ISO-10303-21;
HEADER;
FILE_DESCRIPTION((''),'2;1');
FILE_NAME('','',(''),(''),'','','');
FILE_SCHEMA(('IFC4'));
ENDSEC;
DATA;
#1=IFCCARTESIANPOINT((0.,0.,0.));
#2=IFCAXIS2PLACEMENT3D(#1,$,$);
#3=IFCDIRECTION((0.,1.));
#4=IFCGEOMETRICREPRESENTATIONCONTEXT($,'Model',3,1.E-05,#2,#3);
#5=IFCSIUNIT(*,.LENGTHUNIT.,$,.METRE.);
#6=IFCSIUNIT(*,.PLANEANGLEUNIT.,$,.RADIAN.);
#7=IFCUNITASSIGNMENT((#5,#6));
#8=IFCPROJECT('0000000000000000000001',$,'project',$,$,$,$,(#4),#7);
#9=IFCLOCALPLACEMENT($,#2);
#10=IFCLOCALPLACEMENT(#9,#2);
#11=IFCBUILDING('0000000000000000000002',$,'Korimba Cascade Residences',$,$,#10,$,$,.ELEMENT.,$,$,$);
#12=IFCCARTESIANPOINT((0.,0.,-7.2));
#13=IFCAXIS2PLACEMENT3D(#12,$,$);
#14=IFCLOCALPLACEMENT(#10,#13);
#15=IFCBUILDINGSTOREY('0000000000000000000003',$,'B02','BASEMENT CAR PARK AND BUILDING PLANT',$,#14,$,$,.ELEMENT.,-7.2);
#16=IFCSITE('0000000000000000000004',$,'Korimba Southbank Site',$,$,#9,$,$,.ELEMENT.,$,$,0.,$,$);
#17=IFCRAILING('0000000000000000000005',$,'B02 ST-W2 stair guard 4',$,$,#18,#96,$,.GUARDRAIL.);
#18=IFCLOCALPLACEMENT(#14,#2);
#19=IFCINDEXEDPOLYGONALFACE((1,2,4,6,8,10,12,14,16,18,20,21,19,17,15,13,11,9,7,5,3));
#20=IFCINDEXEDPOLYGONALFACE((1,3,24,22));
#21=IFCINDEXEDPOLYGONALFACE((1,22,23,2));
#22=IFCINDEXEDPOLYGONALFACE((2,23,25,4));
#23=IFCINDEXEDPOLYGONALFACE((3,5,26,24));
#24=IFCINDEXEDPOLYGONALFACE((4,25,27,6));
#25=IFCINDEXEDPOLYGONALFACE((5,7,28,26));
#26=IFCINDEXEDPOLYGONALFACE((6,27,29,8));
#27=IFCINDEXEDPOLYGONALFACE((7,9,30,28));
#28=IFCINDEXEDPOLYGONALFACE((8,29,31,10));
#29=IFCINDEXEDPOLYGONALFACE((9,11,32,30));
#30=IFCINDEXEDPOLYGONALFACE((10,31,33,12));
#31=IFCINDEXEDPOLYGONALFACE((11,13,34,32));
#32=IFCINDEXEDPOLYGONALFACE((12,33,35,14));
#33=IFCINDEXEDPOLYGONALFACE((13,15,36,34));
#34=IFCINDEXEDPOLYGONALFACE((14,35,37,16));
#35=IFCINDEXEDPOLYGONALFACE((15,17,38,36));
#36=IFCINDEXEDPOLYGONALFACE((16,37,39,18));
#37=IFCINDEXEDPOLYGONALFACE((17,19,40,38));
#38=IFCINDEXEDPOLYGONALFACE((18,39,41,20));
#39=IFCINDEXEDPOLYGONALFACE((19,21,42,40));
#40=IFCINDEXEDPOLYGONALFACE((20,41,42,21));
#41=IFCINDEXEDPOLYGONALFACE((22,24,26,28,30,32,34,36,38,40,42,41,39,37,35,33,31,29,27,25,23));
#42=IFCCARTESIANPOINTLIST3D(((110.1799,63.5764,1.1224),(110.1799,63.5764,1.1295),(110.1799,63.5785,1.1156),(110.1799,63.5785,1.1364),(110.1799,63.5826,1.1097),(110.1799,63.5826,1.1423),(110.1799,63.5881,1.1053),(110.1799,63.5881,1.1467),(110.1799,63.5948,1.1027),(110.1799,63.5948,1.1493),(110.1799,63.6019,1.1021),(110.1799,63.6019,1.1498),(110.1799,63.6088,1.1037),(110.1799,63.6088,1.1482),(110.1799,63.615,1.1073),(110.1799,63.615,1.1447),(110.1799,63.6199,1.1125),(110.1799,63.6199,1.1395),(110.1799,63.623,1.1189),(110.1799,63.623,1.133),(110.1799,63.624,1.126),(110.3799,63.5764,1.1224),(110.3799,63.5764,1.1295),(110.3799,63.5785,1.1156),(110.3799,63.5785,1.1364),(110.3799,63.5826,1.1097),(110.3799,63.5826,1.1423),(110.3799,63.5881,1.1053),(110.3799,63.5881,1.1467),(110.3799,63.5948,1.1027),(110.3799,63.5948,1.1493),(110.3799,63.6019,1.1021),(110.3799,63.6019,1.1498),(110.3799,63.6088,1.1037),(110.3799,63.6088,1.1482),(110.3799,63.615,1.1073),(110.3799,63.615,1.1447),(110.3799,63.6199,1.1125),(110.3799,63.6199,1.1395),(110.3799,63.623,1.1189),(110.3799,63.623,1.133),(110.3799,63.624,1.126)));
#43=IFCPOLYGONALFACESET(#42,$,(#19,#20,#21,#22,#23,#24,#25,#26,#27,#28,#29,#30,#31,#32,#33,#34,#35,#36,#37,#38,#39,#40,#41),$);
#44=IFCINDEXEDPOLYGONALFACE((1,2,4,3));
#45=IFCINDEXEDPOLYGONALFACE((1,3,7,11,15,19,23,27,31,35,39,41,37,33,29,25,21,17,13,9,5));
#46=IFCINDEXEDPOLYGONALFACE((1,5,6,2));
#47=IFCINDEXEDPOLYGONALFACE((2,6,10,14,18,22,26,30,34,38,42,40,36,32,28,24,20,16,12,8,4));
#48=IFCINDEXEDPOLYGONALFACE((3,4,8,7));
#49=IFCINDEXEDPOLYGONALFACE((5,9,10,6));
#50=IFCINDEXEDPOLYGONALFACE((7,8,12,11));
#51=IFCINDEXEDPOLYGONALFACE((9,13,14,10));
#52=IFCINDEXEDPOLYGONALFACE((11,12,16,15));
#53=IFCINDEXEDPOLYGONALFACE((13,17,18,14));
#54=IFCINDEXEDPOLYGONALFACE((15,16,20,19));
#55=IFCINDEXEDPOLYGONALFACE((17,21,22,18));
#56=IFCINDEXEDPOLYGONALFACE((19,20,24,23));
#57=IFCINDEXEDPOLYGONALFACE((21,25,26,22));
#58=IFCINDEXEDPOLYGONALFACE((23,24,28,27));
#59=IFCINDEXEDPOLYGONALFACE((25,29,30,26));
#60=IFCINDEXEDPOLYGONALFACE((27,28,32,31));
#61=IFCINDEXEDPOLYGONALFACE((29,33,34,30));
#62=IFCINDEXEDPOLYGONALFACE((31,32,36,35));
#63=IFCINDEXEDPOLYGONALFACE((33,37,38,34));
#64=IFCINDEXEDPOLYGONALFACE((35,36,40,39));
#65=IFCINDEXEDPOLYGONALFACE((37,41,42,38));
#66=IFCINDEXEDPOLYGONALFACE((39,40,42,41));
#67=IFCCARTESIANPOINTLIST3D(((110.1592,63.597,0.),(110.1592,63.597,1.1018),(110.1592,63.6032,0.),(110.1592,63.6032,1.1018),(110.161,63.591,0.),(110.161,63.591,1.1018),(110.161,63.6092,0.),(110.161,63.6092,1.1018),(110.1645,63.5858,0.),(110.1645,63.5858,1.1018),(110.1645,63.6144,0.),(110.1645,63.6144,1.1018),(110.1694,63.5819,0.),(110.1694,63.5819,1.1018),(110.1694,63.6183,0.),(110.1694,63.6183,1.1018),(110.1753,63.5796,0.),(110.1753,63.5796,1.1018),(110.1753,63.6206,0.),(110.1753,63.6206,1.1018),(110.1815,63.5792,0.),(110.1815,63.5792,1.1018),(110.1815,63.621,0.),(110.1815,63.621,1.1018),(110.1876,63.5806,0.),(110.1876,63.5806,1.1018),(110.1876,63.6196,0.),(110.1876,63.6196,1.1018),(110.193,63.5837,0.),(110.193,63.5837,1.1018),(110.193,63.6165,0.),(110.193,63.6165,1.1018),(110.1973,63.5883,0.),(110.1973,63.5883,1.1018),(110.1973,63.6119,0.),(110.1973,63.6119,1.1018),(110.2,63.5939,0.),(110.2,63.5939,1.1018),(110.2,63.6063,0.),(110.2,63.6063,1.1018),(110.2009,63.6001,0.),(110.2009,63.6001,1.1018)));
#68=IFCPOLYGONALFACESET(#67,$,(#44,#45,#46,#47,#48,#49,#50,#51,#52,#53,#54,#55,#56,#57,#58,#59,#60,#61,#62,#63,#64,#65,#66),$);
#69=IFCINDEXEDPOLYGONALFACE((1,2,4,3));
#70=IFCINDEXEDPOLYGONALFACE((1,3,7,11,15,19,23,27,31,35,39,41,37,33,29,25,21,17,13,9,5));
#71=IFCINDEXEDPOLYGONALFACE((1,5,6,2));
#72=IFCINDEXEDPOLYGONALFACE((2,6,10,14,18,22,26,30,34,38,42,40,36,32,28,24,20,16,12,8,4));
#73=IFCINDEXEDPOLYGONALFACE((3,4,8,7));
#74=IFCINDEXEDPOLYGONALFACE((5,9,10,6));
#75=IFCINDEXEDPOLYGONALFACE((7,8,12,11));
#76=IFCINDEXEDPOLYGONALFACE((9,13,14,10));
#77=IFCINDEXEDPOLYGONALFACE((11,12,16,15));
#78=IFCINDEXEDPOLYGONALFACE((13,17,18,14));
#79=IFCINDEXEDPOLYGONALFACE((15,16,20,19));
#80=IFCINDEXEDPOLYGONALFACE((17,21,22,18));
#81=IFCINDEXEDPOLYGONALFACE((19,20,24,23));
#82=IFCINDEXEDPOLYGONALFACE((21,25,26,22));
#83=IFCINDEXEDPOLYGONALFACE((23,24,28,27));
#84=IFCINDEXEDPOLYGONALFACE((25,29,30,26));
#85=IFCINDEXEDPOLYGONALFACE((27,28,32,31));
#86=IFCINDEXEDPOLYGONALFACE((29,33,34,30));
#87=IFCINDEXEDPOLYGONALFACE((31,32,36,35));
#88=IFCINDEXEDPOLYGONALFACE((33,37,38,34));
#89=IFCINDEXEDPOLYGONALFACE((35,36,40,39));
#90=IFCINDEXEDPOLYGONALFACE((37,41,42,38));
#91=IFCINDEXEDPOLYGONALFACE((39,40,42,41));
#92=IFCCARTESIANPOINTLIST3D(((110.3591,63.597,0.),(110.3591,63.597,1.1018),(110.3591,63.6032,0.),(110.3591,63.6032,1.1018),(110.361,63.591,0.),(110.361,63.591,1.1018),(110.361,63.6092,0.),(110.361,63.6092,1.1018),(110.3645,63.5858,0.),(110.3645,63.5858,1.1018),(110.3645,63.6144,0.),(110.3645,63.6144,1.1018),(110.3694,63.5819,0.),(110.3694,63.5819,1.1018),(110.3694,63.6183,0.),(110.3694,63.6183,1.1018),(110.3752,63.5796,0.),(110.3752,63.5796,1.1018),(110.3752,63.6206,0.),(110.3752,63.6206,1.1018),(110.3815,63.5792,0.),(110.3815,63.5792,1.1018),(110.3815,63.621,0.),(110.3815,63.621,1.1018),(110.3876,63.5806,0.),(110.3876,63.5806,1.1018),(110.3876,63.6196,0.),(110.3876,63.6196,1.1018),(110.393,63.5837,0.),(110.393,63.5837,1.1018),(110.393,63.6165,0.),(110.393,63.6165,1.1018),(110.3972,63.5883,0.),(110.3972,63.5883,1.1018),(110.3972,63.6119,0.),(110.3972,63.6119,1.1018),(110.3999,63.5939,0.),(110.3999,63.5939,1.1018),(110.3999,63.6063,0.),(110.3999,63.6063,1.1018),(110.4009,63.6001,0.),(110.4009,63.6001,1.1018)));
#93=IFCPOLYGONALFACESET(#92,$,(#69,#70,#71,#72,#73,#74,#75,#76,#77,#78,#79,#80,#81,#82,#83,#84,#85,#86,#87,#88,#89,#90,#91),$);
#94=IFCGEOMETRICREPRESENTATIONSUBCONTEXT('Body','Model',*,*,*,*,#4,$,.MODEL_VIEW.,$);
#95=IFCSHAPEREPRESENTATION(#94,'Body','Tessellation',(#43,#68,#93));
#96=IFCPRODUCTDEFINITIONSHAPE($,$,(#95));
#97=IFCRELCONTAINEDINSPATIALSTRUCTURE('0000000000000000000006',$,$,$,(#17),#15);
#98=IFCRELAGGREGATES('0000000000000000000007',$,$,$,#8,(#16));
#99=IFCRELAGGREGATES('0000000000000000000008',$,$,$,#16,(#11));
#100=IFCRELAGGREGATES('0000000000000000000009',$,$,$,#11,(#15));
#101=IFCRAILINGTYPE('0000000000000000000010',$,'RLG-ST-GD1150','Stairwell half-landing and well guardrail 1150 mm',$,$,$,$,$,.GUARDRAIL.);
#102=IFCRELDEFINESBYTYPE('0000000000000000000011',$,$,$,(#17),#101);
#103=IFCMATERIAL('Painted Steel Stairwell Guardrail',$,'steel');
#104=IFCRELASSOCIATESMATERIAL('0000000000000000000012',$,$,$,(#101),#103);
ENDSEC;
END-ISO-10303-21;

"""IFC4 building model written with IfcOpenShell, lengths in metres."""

from ifc_helpers import new_model, si_unit, direction, frame, origin, origin_2d, place, context, subcontext, project, spatial, circle, extrude, material, type_object, element, save


model = new_model("IFC4")

# Units and contexts
model_context = context("Model", 3, precision=1e-05, world=origin(), true_north=direction((0.0, 1.0)))
body_context = subcontext(model_context, "Body", "Model", "MODEL_VIEW")
ifc_project = project(units=[si_unit("LENGTHUNIT", "METRE"), si_unit("PLANEANGLEUNIT", "RADIAN")], contexts=[model_context])

# Site, building, storey
site_placement = place(None, origin())
site = spatial("IfcSite", under=ifc_project, at=site_placement, Name="Korimba Southbank Site", CompositionType="ELEMENT", RefElevation=0.0)
building_placement = place(site_placement, origin())
building = spatial("IfcBuilding", under=site, at=building_placement, Name="Korimba Cascade Residences", CompositionType="ELEMENT")
storey_placement = place(building_placement, frame((0.0, 0.0, -7.2)))
storey = spatial("IfcBuildingStorey", under=building, at=storey_placement, Name="B02", Description="BASEMENT CAR PARK AND BUILDING PLANT", CompositionType="ELEMENT", Elevation=-7.2)

# Railing
ifc_material_1 = material(Name="Painted Steel Stairwell Guardrail", Category="steel")
railing_type_1 = type_object("IfcRailingType", Name="RLG-ST-GD1150", Description="Stairwell half-landing and well guardrail 1150 mm", PredefinedType="GUARDRAIL", material=ifc_material_1)
railing_1_placement = place(storey_placement, frame((110.1799, 63.6001, 0.0)))
element("IfcRailing", 1, at=railing_1_placement, inside=storey, type_object=railing_type_1, Name="B02 ST-W2 stair guard 4", PredefinedType="GUARDRAIL", context=body_context, shape_type="SweptSolid", body=[
    extrude(circle(Radius=0.0239, at=origin_2d()), frame((0.0, 0.0, 1.126), z_axis=(1.0, 0.0, 0.0), x_axis=(0.0, 1.0, 0.0)), (0.0, 0.0, 1.0), 0.2),
    extrude(circle(Radius=0.021, at=origin_2d()), origin(), (0.0, 0.0, 1.0), 1.1018),
    extrude(circle(Radius=0.021, at=origin_2d()), frame((0.2, 0.0, 0.0)), (0.0, 0.0, 1.0), 1.1018),
])

save(model, "model.ifc")
